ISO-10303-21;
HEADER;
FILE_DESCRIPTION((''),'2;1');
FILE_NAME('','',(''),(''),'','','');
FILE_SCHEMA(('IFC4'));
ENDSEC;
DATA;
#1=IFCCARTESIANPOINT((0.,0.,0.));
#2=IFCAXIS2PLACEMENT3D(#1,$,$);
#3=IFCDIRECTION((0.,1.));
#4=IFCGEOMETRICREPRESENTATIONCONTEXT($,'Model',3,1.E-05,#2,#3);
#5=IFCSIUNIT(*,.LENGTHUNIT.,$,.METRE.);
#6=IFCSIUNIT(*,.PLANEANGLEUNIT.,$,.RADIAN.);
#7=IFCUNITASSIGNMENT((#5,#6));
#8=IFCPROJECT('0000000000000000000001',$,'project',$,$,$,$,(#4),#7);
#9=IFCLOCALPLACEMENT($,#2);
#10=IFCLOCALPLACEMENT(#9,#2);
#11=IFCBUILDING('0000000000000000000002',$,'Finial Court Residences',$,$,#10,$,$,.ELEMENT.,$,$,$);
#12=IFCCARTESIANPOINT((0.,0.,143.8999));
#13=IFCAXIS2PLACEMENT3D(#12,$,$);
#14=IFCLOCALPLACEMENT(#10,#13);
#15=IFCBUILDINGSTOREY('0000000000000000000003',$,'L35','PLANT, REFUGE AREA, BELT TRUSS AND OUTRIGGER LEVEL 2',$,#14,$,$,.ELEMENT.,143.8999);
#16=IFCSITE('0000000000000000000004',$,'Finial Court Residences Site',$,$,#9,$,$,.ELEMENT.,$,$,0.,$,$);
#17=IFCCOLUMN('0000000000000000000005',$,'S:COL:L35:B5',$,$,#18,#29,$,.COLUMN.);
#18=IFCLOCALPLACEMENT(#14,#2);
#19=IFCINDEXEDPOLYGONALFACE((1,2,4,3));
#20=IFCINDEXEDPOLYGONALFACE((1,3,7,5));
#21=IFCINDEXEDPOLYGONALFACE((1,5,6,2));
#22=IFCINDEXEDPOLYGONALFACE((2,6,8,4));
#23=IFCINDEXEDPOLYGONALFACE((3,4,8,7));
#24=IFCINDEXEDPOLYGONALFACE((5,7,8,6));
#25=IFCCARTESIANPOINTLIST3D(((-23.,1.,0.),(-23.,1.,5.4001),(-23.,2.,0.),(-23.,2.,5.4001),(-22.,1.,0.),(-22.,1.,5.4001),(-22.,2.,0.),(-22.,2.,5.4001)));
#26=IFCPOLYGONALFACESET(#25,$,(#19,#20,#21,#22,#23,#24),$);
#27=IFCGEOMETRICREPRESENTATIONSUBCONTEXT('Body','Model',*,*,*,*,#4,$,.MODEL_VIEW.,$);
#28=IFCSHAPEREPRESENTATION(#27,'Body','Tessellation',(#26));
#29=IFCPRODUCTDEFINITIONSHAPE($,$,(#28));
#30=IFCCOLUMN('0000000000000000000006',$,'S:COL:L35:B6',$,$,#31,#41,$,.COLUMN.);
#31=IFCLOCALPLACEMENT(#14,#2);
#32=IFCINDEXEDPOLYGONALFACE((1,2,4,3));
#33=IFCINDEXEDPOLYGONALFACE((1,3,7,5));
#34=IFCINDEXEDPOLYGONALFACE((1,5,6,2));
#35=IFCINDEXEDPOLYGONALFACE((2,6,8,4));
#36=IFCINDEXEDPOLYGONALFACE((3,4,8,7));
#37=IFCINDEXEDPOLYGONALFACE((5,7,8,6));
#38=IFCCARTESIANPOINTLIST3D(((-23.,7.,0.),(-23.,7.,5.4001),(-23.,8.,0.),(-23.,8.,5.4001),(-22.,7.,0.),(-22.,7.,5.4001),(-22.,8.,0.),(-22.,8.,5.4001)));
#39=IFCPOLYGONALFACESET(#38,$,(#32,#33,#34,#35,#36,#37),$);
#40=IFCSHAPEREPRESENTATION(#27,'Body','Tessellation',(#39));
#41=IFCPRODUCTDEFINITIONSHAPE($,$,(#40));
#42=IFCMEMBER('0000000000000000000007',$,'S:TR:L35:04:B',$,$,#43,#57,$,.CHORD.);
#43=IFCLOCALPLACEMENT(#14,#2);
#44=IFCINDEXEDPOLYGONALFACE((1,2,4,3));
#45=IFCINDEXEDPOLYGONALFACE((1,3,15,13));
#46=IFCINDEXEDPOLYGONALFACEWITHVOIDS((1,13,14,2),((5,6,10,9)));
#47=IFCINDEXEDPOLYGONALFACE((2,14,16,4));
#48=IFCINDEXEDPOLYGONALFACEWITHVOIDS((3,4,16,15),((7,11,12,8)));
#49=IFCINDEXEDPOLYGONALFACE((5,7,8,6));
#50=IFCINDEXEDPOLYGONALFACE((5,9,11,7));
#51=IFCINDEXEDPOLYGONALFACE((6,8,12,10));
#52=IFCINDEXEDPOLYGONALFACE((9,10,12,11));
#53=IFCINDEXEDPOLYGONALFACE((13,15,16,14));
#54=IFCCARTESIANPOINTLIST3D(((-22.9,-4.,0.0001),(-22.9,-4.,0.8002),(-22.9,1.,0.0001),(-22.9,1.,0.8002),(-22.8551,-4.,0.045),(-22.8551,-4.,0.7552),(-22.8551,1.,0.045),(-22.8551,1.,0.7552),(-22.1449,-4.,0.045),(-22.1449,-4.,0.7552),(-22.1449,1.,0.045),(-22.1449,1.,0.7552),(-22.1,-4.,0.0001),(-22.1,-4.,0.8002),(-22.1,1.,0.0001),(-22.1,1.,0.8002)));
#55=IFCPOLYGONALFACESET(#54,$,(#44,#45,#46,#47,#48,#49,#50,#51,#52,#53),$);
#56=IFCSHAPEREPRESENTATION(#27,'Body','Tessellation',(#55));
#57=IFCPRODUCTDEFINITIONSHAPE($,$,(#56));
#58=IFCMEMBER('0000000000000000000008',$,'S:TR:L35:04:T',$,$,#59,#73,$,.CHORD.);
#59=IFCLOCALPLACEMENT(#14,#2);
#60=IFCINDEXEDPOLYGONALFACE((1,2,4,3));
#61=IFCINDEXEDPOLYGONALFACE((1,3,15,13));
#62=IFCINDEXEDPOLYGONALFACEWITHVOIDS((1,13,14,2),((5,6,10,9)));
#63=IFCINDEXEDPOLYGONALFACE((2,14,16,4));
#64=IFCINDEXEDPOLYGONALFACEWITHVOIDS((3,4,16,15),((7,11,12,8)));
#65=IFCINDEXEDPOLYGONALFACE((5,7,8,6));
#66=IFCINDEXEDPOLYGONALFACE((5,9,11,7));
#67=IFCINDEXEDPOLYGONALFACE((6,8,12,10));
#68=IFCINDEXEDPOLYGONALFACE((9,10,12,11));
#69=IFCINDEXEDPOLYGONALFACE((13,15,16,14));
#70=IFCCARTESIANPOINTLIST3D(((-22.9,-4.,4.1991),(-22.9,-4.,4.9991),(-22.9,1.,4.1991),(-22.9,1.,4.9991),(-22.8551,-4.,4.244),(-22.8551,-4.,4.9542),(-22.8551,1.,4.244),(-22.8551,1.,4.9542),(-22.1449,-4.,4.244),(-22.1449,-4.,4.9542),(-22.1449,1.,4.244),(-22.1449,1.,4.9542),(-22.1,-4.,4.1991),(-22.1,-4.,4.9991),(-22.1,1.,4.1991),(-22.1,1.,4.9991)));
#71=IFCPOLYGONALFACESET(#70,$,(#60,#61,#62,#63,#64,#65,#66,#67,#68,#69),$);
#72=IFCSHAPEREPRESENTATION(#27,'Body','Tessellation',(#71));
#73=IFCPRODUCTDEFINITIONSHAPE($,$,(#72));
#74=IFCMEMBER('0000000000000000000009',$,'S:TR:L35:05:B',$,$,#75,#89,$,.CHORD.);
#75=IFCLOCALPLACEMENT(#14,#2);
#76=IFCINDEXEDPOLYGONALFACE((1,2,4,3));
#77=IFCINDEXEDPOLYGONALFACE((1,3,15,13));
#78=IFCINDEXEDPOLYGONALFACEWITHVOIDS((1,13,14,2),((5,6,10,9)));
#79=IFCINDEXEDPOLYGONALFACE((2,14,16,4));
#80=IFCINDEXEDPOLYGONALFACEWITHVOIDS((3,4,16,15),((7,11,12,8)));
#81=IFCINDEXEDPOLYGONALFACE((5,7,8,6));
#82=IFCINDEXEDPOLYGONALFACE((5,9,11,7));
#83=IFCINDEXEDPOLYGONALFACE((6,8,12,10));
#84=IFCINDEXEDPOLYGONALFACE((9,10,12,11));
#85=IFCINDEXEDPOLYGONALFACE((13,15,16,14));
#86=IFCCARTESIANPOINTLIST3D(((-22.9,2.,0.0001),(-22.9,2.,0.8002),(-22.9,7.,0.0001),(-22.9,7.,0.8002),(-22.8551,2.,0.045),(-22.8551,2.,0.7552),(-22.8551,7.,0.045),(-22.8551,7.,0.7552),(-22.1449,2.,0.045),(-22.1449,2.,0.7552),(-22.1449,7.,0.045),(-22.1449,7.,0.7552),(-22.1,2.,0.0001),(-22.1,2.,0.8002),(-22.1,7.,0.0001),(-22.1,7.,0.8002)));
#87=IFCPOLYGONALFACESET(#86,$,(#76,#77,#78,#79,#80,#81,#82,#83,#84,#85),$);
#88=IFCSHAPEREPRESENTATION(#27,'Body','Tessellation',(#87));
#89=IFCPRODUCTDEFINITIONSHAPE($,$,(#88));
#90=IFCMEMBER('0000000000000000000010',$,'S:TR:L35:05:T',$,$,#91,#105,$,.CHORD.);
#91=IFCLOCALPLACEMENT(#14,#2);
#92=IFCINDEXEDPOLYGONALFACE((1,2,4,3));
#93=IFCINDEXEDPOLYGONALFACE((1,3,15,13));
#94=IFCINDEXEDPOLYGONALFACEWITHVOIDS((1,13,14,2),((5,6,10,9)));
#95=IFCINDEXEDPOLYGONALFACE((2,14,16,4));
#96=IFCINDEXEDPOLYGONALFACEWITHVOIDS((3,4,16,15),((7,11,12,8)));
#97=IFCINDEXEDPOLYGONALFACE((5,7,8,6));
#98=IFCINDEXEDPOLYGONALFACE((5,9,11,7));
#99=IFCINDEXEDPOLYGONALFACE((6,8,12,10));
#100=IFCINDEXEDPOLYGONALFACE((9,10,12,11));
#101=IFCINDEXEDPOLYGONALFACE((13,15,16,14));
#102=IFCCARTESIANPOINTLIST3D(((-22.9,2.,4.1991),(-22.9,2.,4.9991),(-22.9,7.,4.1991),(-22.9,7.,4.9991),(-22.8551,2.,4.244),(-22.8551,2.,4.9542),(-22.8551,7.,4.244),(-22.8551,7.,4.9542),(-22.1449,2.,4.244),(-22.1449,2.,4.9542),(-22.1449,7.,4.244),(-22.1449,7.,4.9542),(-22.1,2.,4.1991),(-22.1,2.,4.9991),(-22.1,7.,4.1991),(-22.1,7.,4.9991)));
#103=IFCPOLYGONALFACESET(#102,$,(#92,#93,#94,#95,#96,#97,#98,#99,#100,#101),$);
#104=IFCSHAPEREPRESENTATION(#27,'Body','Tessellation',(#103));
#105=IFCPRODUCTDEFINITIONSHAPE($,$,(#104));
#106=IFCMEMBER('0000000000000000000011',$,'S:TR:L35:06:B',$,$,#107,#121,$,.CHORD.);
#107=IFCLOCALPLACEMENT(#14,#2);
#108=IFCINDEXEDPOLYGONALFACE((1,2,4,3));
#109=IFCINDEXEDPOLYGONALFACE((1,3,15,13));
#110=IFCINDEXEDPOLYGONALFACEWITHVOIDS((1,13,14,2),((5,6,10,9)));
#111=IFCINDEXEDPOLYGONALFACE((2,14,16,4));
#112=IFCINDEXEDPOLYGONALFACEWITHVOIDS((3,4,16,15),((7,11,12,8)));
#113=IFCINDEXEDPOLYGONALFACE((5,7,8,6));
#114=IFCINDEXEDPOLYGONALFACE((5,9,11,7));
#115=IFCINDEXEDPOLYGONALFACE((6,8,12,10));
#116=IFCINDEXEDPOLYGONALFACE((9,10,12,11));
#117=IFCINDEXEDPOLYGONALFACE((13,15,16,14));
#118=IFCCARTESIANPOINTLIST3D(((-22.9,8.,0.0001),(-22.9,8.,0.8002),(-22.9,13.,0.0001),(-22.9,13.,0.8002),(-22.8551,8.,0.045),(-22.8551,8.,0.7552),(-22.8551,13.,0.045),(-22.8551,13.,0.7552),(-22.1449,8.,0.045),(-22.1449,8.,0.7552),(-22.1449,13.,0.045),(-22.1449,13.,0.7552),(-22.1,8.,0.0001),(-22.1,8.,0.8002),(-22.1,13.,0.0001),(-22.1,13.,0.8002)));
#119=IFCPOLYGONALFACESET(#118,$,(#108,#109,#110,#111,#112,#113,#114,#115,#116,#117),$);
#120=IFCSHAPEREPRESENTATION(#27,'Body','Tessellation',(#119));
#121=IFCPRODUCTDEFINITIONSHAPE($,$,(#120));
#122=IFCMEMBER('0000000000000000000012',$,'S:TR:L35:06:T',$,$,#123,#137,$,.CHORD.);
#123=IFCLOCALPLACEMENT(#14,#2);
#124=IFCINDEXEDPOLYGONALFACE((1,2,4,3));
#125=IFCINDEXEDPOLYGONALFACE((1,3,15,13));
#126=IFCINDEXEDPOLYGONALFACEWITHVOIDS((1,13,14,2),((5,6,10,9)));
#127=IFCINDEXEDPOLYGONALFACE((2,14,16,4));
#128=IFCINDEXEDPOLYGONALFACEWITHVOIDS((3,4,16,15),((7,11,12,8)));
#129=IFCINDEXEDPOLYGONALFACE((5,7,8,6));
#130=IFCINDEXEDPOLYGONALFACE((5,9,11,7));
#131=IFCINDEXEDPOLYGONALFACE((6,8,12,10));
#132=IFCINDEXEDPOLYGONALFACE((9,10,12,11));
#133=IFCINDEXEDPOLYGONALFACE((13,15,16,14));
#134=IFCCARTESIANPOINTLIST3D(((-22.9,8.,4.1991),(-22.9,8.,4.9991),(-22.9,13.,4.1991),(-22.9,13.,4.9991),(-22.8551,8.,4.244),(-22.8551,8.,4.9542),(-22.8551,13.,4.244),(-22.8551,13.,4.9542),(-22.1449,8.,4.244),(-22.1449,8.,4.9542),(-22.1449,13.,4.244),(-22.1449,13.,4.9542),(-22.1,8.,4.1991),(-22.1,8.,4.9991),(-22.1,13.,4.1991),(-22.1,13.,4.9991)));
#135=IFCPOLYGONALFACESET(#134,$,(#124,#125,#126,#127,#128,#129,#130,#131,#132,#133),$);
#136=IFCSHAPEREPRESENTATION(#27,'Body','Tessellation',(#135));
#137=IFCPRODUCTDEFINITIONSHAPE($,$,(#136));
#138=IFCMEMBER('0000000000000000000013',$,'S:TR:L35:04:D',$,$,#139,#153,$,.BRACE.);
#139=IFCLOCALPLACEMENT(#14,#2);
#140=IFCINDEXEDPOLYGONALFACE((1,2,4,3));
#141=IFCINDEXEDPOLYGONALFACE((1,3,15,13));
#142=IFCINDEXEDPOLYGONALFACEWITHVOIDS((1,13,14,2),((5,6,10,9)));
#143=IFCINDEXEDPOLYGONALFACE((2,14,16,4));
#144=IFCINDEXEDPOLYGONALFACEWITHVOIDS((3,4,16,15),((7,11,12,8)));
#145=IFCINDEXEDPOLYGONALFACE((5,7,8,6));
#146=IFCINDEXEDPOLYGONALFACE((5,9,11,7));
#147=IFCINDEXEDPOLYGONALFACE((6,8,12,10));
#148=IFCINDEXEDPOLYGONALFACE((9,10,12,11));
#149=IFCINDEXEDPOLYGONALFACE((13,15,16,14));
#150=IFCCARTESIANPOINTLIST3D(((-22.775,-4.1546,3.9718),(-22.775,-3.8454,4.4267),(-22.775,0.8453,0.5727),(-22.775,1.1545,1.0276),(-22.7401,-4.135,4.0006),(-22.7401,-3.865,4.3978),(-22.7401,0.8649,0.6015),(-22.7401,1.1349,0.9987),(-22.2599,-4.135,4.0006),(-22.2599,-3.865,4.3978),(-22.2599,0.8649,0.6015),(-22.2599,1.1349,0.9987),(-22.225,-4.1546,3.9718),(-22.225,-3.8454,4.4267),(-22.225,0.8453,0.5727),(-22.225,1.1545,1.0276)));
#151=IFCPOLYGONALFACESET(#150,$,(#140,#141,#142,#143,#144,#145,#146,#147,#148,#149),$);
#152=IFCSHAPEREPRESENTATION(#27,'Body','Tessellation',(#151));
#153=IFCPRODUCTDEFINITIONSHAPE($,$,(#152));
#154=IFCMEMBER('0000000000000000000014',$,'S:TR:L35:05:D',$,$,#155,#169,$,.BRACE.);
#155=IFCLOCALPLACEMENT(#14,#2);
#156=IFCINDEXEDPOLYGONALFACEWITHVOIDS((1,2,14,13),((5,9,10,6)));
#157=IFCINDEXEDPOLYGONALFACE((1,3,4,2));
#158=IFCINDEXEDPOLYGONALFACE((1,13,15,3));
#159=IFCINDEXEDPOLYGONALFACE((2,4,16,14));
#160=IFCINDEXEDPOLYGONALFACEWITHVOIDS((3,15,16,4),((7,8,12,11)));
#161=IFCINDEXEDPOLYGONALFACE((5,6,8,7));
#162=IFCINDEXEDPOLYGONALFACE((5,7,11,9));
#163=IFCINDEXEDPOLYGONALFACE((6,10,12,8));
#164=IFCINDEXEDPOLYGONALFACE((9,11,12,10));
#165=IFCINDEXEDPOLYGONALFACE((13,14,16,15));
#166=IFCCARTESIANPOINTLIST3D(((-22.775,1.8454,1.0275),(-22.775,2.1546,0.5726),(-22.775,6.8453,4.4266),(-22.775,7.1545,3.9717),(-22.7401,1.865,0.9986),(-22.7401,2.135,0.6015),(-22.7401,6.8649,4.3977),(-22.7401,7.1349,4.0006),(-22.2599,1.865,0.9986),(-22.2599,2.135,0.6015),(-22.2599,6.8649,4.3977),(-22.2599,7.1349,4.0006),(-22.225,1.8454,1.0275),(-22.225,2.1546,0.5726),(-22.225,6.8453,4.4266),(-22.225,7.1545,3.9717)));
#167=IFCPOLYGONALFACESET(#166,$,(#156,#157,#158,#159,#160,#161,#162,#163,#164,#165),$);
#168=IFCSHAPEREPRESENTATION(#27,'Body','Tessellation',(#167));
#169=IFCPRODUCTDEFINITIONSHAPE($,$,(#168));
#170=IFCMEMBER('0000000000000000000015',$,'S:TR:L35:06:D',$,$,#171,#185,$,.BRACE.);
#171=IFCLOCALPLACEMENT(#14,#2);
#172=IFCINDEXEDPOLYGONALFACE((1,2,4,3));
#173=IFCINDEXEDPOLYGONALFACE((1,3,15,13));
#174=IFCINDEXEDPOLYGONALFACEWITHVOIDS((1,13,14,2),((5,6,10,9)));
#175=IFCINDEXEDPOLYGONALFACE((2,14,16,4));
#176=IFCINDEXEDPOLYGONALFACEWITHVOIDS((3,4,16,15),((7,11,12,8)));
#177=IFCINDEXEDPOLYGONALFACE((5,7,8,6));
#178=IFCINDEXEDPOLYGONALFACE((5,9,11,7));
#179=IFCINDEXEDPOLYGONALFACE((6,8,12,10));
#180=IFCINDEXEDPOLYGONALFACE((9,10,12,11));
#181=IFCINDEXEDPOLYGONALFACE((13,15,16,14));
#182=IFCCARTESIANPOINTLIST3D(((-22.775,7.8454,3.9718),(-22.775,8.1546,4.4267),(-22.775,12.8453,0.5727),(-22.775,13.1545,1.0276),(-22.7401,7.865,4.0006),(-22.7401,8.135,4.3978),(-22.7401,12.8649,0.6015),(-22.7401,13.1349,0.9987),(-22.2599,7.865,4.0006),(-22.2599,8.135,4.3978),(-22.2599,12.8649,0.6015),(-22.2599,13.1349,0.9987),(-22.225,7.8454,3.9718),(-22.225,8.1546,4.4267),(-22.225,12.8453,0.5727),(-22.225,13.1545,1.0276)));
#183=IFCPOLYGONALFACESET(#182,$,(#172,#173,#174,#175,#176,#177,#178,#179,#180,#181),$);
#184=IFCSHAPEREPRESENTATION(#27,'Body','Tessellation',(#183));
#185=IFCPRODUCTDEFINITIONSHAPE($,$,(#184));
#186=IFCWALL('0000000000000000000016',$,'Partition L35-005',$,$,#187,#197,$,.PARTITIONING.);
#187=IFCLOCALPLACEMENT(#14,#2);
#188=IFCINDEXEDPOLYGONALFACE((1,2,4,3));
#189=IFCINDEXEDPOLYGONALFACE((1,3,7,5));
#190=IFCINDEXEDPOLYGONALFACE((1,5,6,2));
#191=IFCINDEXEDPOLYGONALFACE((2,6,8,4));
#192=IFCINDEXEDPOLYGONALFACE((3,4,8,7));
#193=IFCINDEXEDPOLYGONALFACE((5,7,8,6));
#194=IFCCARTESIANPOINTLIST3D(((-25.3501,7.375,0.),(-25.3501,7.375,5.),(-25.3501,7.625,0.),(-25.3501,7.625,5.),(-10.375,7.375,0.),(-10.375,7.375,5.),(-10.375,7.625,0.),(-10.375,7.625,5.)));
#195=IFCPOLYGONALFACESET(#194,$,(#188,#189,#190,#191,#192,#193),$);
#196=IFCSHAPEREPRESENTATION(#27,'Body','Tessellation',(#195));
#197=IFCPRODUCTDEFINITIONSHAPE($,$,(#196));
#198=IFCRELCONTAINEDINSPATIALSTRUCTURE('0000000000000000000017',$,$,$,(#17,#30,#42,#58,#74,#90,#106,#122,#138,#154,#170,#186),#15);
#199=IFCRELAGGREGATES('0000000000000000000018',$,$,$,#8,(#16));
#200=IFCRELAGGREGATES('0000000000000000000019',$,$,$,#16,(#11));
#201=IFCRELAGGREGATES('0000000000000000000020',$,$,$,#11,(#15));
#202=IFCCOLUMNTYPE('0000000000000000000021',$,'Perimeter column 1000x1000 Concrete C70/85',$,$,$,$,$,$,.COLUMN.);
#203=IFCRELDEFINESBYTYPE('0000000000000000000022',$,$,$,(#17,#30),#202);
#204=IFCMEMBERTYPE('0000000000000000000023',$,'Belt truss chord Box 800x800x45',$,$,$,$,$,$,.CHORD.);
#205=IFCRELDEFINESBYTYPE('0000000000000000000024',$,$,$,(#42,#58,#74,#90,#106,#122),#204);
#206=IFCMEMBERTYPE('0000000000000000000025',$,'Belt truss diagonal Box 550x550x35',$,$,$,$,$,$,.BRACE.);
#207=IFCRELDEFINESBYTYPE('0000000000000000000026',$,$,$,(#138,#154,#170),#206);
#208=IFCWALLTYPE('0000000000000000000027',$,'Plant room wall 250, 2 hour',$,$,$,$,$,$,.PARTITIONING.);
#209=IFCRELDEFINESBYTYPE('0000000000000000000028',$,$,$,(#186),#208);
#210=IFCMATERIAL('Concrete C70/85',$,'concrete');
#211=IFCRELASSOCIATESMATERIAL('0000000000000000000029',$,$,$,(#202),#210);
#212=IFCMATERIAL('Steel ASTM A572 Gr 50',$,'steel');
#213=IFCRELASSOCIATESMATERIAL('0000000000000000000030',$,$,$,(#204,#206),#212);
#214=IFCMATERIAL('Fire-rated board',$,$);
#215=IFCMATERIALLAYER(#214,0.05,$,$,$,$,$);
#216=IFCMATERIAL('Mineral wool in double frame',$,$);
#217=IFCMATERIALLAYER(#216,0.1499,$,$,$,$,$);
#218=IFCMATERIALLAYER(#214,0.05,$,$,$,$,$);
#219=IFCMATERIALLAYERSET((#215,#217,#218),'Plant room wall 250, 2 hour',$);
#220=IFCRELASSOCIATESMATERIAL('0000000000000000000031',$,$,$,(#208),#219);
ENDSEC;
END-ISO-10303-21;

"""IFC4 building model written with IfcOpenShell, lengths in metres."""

from ifc_helpers import new_model, si_unit, direction, frame, frame_2d, origin, origin_2d, place, context, subcontext, project, spatial, rectangle, hollow_rectangle, extrude, material, layer, layer_set, material_profile, profile_set, type_object, element, save


model = new_model("IFC4")

# Units and contexts
model_context = context("Model", 3, precision=1e-05, world=origin(), true_north=direction((0.0, 1.0)))
body_context = subcontext(model_context, "Body", "Model", "MODEL_VIEW")
ifc_project = project(units=[si_unit("LENGTHUNIT", "METRE"), si_unit("PLANEANGLEUNIT", "RADIAN")], contexts=[model_context])

# Site, building, storey
site_placement = place(None, origin())
site = spatial("IfcSite", under=ifc_project, at=site_placement, Name="Finial Court Residences Site", CompositionType="ELEMENT", RefElevation=0.0)
building_placement = place(site_placement, origin())
building = spatial("IfcBuilding", under=site, at=building_placement, Name="Finial Court Residences", CompositionType="ELEMENT")
storey_placement = place(building_placement, frame((0.0, 0.0, 143.8999)))
storey = spatial("IfcBuildingStorey", under=building, at=storey_placement, Name="L35", Description="PLANT, REFUGE AREA, BELT TRUSS AND OUTRIGGER LEVEL 2", CompositionType="ELEMENT", Elevation=143.8999)

# Columns
ifc_material_1 = material(Name="Concrete C70/85", Category="concrete")
ifc_material_profile_1 = material_profile(ifc_material_1, rectangle(XDim=1.0, YDim=1.0, at=origin_2d()), Name="1000x1000")
ifc_profile_set_1 = profile_set([ifc_material_profile_1], Name="Concrete C70/85")
column_type = type_object("IfcColumnType", Name="Perimeter column 1000x1000 Concrete C70/85", PredefinedType="COLUMN", material=ifc_profile_set_1)
for number, where, z_axis, x_axis, name in (
    (1, (-22.5, 1.5, 0.0), (0.0, 0.0, 1.0), (1.0, 0.0, 0.0), "S:COL:L35:B5"),
    (2, (-22.5, 7.5, 0.0), (0.0, 0.0, 1.0), (1.0, 0.0, 0.0), "S:COL:L35:B6"),
):
    element("IfcColumn", number, at=place(storey_placement, frame(where, z_axis=z_axis, x_axis=x_axis)), inside=storey, type_object=column_type, Name=name, PredefinedType="COLUMN", context=body_context, shape_type="SweptSolid", body=[
        extrude(rectangle(XDim=1.0, YDim=1.0, at=origin_2d()), origin(), (0.0, 0.0, 1.0), 5.4001),
    ])

# Members
ifc_material_2 = material(Name="Steel ASTM A572 Gr 50", Category="steel")
ifc_material_profile_2 = material_profile(ifc_material_2, hollow_rectangle(XDim=0.8, YDim=0.8, WallThickness=0.0449, at=origin_2d()), Name="Box 800x800x45")
ifc_profile_set_2 = profile_set([ifc_material_profile_2], Name="Steel ASTM A572 Gr 50")
member_type_1 = type_object("IfcMemberType", Name="Belt truss chord Box 800x800x45", PredefinedType="CHORD", material=ifc_profile_set_2)
for number, where, z_axis, x_axis, name in (
    (3, (-22.5, -4.0, 0.4001), (0.0, 1.0, 0.0), (-1.0, 0.0, 0.0), "S:TR:L35:04:B"),
    (4, (-22.5, -4.0, 4.5991), (0.0, 1.0, 0.0), (-1.0, 0.0, 0.0), "S:TR:L35:04:T"),
    (5, (-22.5, 2.0, 0.4001), (0.0, 1.0, 0.0), (-1.0, 0.0, 0.0), "S:TR:L35:05:B"),
    (6, (-22.5, 2.0, 4.5991), (0.0, 1.0, 0.0), (-1.0, 0.0, 0.0), "S:TR:L35:05:T"),
    (7, (-22.5, 8.0, 0.4001), (0.0, 1.0, 0.0), (-1.0, 0.0, 0.0), "S:TR:L35:06:B"),
    (8, (-22.5, 8.0, 4.5991), (0.0, 1.0, 0.0), (-1.0, 0.0, 0.0), "S:TR:L35:06:T"),
):
    element("IfcMember", number, at=place(storey_placement, frame(where, z_axis=z_axis, x_axis=x_axis)), inside=storey, type_object=member_type_1, Name=name, PredefinedType="CHORD", context=body_context, shape_type="SweptSolid", body=[
        extrude(hollow_rectangle(XDim=0.8, YDim=0.8, WallThickness=0.0449, at=origin_2d()), origin(), (0.0, 0.0, 1.0), 5.0),
    ])
ifc_material_profile_3 = material_profile(ifc_material_2, hollow_rectangle(XDim=0.55, YDim=0.55, WallThickness=0.0349, at=origin_2d()), Name="Box 550x550x35")
ifc_profile_set_3 = profile_set([ifc_material_profile_3], Name="Steel ASTM A572 Gr 50")
member_type_2 = type_object("IfcMemberType", Name="Belt truss diagonal Box 550x550x35", PredefinedType="BRACE", material=ifc_profile_set_3)
for number, where, z_axis, x_axis, name in (
    (9, (-22.5, -4.0, 4.1992), (0.0, 0.82699, -0.562216), (-1.0, 0.0, 0.0), "S:TR:L35:04:D"),
    (10, (-22.5, 2.0, 0.8), (0.0, 0.82699, 0.562216), (-1.0, 0.0, 0.0), "S:TR:L35:05:D"),
    (11, (-22.5, 8.0, 4.1992), (0.0, 0.82699, -0.562216), (-1.0, 0.0, 0.0), "S:TR:L35:06:D"),
):
    element("IfcMember", number, at=place(storey_placement, frame(where, z_axis=z_axis, x_axis=x_axis)), inside=storey, type_object=member_type_2, Name=name, PredefinedType="BRACE", context=body_context, shape_type="SweptSolid", body=[
        extrude(hollow_rectangle(XDim=0.55, YDim=0.55, WallThickness=0.0349, at=origin_2d()), origin(), (0.0, 0.0, 1.0), 6.0459),
    ])

# Wall
ifc_material_3 = material(Name="Fire-rated board")
ifc_layer_1 = layer(ifc_material_3, 0.05)
ifc_material_4 = material(Name="Mineral wool in double frame")
ifc_layer_2 = layer(ifc_material_4, 0.1499)
ifc_layer_3 = layer(ifc_material_3, 0.05)
ifc_layer_set = layer_set([ifc_layer_1, ifc_layer_2, ifc_layer_3], Name="Plant room wall 250, 2 hour")
wall_type = type_object("IfcWallType", Name="Plant room wall 250, 2 hour", PredefinedType="PARTITIONING", material=ifc_layer_set)
wall_1_placement = place(storey_placement, frame((-25.3501, 7.5, 0.0), z_axis=(0.0, 0.0, 1.0), x_axis=(1.0, 0.0, 0.0)))
element("IfcWall", 12, at=wall_1_placement, inside=storey, type_object=wall_type, Name="Partition L35-005", PredefinedType="PARTITIONING", context=body_context, shape_type="SweptSolid", body=[
    extrude(rectangle(XDim=14.9751, YDim=0.25, at=frame_2d((7.4875, 0.0))), origin(), (0.0, 0.0, 1.0), 5.0),
])

save(model, "model.ifc")
